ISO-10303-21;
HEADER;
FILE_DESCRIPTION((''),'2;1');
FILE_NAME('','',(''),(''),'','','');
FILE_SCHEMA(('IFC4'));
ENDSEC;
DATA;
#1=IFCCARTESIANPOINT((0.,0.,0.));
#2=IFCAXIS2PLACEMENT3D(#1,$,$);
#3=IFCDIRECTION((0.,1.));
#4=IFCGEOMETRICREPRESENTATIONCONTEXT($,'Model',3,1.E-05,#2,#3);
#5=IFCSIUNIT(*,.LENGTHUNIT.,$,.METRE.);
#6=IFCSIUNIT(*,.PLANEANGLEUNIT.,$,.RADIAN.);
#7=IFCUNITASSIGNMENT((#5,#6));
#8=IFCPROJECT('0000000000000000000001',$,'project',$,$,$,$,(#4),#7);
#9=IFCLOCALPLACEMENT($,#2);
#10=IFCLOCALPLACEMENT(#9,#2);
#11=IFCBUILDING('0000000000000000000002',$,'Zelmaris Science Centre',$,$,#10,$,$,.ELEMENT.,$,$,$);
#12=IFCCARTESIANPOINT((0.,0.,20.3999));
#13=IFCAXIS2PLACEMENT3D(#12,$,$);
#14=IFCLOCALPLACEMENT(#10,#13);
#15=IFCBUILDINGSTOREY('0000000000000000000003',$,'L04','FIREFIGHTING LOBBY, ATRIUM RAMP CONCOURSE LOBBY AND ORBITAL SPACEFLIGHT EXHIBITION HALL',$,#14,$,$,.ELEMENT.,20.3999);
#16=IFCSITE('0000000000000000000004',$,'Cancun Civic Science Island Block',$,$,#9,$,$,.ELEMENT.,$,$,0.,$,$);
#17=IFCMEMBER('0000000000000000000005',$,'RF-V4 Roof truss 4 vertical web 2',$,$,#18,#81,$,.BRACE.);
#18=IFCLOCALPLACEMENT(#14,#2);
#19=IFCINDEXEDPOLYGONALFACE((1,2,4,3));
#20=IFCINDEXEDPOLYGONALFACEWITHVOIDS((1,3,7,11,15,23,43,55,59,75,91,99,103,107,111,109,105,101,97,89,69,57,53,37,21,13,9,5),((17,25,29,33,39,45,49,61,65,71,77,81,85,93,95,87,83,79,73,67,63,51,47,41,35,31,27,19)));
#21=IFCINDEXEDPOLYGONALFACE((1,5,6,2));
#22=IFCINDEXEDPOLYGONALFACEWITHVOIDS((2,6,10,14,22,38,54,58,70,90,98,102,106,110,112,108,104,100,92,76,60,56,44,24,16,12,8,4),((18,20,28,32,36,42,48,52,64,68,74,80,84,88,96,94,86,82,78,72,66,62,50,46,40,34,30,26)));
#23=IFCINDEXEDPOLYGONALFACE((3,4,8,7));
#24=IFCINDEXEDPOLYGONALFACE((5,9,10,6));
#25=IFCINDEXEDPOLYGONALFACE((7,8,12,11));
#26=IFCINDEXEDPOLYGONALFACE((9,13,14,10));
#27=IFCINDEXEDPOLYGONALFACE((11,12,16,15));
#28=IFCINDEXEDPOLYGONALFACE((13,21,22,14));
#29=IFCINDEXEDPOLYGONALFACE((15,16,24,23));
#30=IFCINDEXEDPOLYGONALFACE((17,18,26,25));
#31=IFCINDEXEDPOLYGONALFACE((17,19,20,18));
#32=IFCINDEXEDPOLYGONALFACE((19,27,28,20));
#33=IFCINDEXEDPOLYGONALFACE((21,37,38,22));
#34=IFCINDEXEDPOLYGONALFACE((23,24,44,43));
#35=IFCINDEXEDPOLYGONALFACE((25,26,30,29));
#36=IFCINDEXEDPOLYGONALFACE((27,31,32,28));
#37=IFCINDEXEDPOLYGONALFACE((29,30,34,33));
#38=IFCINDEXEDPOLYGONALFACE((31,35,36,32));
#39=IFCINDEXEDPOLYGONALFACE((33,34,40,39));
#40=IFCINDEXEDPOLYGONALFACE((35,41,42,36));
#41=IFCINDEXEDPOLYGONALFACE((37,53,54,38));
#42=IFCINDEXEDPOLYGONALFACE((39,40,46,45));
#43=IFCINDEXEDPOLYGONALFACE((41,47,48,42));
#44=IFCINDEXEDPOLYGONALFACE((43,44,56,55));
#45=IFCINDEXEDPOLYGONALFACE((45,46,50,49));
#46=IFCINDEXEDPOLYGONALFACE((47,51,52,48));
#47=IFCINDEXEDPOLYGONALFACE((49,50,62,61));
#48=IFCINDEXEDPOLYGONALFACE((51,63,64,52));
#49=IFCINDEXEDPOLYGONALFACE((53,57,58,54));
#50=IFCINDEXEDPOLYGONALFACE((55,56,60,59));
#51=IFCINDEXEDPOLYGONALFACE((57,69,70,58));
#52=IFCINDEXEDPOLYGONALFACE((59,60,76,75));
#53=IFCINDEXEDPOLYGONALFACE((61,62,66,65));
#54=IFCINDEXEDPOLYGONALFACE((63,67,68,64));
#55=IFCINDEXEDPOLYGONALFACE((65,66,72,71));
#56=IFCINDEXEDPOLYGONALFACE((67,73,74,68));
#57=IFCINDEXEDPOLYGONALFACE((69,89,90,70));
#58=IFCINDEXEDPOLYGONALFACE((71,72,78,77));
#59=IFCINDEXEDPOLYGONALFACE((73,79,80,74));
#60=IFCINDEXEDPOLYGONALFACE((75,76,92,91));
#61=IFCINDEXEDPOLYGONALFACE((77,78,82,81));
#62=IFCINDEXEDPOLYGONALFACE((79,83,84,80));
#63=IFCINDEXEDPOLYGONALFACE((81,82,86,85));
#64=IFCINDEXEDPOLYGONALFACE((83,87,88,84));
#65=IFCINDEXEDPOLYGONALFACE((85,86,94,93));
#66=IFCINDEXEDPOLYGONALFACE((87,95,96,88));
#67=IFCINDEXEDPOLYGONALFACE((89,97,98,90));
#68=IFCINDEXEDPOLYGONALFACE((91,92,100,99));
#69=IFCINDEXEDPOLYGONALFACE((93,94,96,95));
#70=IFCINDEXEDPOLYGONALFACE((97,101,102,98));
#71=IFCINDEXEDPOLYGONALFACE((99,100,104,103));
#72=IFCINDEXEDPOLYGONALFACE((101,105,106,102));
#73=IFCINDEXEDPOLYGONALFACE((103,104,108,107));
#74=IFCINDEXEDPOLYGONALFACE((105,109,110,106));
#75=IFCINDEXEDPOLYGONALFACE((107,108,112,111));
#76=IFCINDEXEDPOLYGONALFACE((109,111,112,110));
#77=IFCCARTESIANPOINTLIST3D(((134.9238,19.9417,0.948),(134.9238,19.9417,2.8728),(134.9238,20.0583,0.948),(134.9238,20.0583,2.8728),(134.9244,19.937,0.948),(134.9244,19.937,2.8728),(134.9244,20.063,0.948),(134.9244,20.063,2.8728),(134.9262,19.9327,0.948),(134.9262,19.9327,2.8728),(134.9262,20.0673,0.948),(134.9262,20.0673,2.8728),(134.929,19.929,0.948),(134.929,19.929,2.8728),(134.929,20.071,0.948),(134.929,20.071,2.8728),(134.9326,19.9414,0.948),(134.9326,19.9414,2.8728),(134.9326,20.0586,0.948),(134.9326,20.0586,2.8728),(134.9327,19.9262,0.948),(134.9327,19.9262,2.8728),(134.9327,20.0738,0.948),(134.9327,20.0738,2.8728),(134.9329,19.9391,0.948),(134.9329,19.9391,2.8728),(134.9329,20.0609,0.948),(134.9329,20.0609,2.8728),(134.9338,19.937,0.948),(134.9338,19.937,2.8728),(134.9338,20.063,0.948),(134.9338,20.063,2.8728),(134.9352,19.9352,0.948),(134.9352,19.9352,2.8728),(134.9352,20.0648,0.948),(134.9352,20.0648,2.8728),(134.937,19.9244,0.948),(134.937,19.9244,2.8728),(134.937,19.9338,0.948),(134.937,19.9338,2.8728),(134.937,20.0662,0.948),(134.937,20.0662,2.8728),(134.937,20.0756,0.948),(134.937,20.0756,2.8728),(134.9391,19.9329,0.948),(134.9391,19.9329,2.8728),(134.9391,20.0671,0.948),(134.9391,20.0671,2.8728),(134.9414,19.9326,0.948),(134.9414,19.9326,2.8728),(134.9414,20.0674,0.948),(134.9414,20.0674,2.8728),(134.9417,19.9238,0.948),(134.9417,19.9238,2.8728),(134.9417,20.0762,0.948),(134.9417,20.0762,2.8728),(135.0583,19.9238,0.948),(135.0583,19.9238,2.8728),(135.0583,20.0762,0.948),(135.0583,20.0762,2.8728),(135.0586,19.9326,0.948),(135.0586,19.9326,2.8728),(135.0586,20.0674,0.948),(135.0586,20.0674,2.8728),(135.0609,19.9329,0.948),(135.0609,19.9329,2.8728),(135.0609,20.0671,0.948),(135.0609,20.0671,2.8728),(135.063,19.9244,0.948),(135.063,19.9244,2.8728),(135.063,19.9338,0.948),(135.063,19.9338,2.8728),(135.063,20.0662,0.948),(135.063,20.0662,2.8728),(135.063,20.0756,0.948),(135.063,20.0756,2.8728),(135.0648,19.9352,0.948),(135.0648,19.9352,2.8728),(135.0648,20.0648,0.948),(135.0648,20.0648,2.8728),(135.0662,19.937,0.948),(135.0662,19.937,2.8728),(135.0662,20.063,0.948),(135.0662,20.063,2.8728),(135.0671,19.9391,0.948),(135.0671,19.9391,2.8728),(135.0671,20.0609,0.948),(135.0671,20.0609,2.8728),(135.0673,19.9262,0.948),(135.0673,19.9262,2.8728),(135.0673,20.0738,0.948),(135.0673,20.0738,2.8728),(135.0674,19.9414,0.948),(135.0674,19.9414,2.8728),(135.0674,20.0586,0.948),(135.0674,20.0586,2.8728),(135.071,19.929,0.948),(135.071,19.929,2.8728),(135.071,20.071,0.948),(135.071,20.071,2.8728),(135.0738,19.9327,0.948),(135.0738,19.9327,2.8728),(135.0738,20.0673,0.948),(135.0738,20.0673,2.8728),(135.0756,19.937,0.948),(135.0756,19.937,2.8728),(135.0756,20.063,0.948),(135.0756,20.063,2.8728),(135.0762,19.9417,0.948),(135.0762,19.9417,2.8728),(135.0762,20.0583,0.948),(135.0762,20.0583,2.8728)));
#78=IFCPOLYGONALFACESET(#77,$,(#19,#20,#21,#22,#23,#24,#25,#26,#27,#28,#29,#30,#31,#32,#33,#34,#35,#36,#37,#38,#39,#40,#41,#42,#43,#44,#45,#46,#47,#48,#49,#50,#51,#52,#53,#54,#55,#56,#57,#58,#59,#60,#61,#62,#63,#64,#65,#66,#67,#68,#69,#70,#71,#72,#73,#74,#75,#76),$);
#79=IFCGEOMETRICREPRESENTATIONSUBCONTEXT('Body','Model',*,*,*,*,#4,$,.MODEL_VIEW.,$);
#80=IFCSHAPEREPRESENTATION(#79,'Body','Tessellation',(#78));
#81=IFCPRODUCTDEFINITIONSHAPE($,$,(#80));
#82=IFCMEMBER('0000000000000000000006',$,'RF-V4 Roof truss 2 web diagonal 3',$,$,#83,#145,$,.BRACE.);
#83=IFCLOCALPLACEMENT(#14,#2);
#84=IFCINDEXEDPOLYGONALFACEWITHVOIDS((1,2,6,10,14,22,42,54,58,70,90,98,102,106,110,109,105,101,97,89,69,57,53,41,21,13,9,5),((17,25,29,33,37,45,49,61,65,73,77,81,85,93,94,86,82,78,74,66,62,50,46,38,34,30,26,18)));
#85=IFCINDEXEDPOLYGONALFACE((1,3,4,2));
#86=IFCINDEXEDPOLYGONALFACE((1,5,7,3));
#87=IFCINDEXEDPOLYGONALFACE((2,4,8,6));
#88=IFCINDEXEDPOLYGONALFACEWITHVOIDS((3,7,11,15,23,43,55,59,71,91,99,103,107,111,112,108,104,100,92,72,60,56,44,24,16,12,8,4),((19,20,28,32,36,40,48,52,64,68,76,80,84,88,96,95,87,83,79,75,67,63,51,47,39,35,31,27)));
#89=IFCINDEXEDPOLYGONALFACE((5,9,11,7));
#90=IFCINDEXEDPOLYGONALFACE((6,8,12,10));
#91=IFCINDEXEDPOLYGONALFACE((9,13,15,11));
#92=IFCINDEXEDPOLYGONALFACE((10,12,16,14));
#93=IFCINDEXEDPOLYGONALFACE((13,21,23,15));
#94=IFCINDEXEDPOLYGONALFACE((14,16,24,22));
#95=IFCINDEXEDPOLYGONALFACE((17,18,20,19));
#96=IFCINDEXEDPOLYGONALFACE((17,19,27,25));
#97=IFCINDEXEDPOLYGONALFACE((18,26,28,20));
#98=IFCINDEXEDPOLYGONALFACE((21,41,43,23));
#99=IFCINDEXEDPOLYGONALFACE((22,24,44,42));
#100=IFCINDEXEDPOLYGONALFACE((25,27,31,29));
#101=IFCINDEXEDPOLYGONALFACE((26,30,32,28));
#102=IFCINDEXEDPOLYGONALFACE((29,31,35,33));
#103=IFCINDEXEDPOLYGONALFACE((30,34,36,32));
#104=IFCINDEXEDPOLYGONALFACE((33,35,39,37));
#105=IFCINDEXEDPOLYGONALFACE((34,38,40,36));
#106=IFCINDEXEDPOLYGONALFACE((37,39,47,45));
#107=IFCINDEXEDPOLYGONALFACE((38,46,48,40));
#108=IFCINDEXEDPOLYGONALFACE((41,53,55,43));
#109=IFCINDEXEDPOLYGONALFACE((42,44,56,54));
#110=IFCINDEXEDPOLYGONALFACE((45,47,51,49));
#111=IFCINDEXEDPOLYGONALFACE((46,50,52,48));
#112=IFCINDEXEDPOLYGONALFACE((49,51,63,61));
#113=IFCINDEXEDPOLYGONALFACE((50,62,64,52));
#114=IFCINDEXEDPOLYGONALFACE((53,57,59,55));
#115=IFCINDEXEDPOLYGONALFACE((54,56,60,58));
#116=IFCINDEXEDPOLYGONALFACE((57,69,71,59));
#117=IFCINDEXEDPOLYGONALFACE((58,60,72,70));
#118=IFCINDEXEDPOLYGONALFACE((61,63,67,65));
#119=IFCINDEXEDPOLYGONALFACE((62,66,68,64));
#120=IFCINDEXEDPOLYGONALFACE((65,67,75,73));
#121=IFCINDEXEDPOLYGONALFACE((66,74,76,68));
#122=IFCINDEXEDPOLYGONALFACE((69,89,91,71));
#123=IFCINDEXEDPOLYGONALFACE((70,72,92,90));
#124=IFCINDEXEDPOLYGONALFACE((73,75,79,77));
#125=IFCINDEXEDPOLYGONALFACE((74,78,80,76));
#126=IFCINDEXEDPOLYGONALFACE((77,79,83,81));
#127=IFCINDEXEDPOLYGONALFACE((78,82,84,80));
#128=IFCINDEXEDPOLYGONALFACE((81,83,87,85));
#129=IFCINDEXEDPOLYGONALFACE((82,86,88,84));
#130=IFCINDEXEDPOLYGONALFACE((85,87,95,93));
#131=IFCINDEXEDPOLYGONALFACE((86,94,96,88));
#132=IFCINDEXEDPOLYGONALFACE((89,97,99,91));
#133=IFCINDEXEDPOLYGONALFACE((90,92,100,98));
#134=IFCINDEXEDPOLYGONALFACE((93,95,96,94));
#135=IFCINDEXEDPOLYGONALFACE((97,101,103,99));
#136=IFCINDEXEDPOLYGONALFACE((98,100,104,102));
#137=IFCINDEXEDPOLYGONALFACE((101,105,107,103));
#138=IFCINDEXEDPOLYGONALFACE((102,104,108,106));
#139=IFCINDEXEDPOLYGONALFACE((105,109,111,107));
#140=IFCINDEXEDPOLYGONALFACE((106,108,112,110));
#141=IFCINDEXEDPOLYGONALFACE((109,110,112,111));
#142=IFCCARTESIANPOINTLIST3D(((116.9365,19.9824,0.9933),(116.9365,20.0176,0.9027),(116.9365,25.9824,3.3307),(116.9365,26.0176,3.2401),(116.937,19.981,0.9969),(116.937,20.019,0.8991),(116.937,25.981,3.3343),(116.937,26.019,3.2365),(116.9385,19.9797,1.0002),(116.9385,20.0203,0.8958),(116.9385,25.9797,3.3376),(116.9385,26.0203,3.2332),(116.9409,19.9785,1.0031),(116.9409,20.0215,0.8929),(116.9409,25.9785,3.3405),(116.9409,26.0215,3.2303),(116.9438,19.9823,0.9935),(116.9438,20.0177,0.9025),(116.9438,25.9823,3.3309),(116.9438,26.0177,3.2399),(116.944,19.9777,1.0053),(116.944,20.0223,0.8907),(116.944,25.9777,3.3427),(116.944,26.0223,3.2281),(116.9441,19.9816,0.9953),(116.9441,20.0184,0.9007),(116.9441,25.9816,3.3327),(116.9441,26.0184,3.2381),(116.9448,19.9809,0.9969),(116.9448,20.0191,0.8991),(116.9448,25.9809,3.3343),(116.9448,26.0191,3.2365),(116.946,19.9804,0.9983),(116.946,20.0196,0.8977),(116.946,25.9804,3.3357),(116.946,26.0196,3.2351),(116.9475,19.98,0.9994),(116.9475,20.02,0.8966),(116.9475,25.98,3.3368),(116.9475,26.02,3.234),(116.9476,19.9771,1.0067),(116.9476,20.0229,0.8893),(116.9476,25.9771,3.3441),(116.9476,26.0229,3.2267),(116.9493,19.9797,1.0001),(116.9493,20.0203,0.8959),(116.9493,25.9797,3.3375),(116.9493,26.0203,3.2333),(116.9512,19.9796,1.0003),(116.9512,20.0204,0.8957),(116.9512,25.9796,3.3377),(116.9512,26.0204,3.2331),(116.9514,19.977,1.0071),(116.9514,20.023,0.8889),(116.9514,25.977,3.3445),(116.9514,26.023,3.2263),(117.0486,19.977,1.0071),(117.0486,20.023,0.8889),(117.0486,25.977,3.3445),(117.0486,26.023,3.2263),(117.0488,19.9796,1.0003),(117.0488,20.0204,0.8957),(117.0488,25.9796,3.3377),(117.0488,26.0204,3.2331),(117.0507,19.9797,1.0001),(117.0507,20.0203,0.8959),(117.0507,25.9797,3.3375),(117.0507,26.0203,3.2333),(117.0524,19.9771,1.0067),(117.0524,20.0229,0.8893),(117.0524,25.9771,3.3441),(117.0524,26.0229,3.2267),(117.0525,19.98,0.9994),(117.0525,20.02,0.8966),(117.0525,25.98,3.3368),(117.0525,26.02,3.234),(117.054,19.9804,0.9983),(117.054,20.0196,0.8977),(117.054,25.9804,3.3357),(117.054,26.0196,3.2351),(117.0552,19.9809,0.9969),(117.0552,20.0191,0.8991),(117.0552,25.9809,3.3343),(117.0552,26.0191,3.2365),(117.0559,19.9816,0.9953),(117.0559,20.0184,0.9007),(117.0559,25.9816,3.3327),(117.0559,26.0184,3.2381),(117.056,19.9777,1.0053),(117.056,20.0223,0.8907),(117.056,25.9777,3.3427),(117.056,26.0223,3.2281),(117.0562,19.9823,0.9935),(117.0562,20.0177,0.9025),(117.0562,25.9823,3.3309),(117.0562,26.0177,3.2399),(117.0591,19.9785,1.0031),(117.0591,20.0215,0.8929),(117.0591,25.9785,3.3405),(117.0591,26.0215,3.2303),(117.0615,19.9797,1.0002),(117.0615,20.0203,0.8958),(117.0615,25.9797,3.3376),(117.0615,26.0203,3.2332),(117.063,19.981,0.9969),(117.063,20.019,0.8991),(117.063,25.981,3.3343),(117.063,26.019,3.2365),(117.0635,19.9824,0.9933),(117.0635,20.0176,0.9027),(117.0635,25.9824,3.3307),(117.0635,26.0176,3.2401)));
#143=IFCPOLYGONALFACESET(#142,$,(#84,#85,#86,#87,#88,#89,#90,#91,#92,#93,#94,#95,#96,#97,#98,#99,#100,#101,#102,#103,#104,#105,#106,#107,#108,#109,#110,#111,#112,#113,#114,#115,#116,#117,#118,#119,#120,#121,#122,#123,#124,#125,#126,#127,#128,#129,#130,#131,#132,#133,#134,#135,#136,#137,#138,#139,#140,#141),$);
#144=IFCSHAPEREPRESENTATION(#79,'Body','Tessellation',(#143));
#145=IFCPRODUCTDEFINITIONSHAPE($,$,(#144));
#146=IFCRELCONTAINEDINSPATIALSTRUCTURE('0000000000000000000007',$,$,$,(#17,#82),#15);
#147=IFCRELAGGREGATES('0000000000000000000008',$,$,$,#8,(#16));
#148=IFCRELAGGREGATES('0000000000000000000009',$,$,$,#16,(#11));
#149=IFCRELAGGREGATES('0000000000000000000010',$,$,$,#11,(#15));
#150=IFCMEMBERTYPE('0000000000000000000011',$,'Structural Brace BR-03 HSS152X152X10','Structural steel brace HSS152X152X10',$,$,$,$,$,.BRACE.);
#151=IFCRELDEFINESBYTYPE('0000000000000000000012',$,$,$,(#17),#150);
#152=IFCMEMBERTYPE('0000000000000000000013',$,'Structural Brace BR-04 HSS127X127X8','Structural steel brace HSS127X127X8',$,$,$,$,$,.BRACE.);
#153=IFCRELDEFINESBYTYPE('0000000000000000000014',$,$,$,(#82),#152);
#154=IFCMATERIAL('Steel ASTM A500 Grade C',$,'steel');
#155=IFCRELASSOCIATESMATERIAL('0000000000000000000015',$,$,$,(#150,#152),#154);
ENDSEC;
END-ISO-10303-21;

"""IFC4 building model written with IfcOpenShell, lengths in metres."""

from ifc_helpers import new_model, si_unit, direction, frame, origin, origin_2d, place, context, subcontext, project, spatial, hollow_rectangle, extrude, material, material_profile, profile_set, type_object, element, save


model = new_model("IFC4")

# Units and contexts
model_context = context("Model", 3, precision=1e-05, world=origin(), true_north=direction((0.0, 1.0)))
body_context = subcontext(model_context, "Body", "Model", "MODEL_VIEW")
ifc_project = project(units=[si_unit("LENGTHUNIT", "METRE"), si_unit("PLANEANGLEUNIT", "RADIAN")], contexts=[model_context])

# Site, building, storey
site_placement = place(None, origin())
site = spatial("IfcSite", under=ifc_project, at=site_placement, Name="Cancun Civic Science Island Block", CompositionType="ELEMENT", RefElevation=0.0)
building_placement = place(site_placement, origin())
building = spatial("IfcBuilding", under=site, at=building_placement, Name="Zelmaris Science Centre", CompositionType="ELEMENT")
storey_placement = place(building_placement, frame((0.0, 0.0, 20.3999)))
storey = spatial("IfcBuildingStorey", under=building, at=storey_placement, Name="L04", Description="FIREFIGHTING LOBBY, ATRIUM RAMP CONCOURSE LOBBY AND ORBITAL SPACEFLIGHT EXHIBITION HALL", CompositionType="ELEMENT", Elevation=20.3999)

# Shared definitions
ifc_material = material(Name="Steel ASTM A500 Grade C", Category="steel")

# Members
ifc_material_profile_1 = material_profile(ifc_material, hollow_rectangle(XDim=0.1523, YDim=0.1523, WallThickness=0.0088, InnerFilletRadius=0.0088, OuterFilletRadius=0.0178, at=origin_2d()), Name="HSS152X152X10")
ifc_profile_set_1 = profile_set([ifc_material_profile_1], Name="Steel ASTM A500 Grade C")
member_type_1 = type_object("IfcMemberType", Name="Structural Brace BR-03 HSS152X152X10", Description="Structural steel brace HSS152X152X10", PredefinedType="BRACE", material=ifc_profile_set_1)
member_1_placement = place(storey_placement, frame((135.0, 20.0, 0.948), z_axis=(0.0, 0.0, 1.0), x_axis=(1.0, 0.0, 0.0)))
element("IfcMember", 1, at=member_1_placement, inside=storey, type_object=member_type_1, Name="RF-V4 Roof truss 4 vertical web 2", PredefinedType="BRACE", context=body_context, shape_type="SweptSolid", body=[
    extrude(hollow_rectangle(XDim=0.1523, YDim=0.1523, WallThickness=0.0088, InnerFilletRadius=0.0088, OuterFilletRadius=0.0178, at=origin_2d()), origin(), (0.0, 0.0, 1.0), 1.9248),
])
ifc_material_profile_2 = material_profile(ifc_material, hollow_rectangle(XDim=0.127, YDim=0.127, WallThickness=0.0073, InnerFilletRadius=0.0073, OuterFilletRadius=0.0149, at=origin_2d()), Name="HSS127X127X8")
ifc_profile_set_2 = profile_set([ifc_material_profile_2], Name="Steel ASTM A500 Grade C")
member_type_2 = type_object("IfcMemberType", Name="Structural Brace BR-04 HSS127X127X8", Description="Structural steel brace HSS127X127X8", PredefinedType="BRACE", material=ifc_profile_set_2)
member_2_placement = place(storey_placement, frame((117.0, 20.0, 0.948), z_axis=(0.0, 0.931791, 0.362995), x_axis=(-1.0, 0.0, 0.0)))
element("IfcMember", 2, at=member_2_placement, inside=storey, type_object=member_type_2, Name="RF-V4 Roof truss 2 web diagonal 3", PredefinedType="BRACE", context=body_context, shape_type="SweptSolid", body=[
    extrude(hollow_rectangle(XDim=0.127, YDim=0.127, WallThickness=0.0073, InnerFilletRadius=0.0073, OuterFilletRadius=0.0149, at=origin_2d()), origin(), (0.0, 0.0, 1.0), 6.4392),
])

save(model, "model.ifc")
